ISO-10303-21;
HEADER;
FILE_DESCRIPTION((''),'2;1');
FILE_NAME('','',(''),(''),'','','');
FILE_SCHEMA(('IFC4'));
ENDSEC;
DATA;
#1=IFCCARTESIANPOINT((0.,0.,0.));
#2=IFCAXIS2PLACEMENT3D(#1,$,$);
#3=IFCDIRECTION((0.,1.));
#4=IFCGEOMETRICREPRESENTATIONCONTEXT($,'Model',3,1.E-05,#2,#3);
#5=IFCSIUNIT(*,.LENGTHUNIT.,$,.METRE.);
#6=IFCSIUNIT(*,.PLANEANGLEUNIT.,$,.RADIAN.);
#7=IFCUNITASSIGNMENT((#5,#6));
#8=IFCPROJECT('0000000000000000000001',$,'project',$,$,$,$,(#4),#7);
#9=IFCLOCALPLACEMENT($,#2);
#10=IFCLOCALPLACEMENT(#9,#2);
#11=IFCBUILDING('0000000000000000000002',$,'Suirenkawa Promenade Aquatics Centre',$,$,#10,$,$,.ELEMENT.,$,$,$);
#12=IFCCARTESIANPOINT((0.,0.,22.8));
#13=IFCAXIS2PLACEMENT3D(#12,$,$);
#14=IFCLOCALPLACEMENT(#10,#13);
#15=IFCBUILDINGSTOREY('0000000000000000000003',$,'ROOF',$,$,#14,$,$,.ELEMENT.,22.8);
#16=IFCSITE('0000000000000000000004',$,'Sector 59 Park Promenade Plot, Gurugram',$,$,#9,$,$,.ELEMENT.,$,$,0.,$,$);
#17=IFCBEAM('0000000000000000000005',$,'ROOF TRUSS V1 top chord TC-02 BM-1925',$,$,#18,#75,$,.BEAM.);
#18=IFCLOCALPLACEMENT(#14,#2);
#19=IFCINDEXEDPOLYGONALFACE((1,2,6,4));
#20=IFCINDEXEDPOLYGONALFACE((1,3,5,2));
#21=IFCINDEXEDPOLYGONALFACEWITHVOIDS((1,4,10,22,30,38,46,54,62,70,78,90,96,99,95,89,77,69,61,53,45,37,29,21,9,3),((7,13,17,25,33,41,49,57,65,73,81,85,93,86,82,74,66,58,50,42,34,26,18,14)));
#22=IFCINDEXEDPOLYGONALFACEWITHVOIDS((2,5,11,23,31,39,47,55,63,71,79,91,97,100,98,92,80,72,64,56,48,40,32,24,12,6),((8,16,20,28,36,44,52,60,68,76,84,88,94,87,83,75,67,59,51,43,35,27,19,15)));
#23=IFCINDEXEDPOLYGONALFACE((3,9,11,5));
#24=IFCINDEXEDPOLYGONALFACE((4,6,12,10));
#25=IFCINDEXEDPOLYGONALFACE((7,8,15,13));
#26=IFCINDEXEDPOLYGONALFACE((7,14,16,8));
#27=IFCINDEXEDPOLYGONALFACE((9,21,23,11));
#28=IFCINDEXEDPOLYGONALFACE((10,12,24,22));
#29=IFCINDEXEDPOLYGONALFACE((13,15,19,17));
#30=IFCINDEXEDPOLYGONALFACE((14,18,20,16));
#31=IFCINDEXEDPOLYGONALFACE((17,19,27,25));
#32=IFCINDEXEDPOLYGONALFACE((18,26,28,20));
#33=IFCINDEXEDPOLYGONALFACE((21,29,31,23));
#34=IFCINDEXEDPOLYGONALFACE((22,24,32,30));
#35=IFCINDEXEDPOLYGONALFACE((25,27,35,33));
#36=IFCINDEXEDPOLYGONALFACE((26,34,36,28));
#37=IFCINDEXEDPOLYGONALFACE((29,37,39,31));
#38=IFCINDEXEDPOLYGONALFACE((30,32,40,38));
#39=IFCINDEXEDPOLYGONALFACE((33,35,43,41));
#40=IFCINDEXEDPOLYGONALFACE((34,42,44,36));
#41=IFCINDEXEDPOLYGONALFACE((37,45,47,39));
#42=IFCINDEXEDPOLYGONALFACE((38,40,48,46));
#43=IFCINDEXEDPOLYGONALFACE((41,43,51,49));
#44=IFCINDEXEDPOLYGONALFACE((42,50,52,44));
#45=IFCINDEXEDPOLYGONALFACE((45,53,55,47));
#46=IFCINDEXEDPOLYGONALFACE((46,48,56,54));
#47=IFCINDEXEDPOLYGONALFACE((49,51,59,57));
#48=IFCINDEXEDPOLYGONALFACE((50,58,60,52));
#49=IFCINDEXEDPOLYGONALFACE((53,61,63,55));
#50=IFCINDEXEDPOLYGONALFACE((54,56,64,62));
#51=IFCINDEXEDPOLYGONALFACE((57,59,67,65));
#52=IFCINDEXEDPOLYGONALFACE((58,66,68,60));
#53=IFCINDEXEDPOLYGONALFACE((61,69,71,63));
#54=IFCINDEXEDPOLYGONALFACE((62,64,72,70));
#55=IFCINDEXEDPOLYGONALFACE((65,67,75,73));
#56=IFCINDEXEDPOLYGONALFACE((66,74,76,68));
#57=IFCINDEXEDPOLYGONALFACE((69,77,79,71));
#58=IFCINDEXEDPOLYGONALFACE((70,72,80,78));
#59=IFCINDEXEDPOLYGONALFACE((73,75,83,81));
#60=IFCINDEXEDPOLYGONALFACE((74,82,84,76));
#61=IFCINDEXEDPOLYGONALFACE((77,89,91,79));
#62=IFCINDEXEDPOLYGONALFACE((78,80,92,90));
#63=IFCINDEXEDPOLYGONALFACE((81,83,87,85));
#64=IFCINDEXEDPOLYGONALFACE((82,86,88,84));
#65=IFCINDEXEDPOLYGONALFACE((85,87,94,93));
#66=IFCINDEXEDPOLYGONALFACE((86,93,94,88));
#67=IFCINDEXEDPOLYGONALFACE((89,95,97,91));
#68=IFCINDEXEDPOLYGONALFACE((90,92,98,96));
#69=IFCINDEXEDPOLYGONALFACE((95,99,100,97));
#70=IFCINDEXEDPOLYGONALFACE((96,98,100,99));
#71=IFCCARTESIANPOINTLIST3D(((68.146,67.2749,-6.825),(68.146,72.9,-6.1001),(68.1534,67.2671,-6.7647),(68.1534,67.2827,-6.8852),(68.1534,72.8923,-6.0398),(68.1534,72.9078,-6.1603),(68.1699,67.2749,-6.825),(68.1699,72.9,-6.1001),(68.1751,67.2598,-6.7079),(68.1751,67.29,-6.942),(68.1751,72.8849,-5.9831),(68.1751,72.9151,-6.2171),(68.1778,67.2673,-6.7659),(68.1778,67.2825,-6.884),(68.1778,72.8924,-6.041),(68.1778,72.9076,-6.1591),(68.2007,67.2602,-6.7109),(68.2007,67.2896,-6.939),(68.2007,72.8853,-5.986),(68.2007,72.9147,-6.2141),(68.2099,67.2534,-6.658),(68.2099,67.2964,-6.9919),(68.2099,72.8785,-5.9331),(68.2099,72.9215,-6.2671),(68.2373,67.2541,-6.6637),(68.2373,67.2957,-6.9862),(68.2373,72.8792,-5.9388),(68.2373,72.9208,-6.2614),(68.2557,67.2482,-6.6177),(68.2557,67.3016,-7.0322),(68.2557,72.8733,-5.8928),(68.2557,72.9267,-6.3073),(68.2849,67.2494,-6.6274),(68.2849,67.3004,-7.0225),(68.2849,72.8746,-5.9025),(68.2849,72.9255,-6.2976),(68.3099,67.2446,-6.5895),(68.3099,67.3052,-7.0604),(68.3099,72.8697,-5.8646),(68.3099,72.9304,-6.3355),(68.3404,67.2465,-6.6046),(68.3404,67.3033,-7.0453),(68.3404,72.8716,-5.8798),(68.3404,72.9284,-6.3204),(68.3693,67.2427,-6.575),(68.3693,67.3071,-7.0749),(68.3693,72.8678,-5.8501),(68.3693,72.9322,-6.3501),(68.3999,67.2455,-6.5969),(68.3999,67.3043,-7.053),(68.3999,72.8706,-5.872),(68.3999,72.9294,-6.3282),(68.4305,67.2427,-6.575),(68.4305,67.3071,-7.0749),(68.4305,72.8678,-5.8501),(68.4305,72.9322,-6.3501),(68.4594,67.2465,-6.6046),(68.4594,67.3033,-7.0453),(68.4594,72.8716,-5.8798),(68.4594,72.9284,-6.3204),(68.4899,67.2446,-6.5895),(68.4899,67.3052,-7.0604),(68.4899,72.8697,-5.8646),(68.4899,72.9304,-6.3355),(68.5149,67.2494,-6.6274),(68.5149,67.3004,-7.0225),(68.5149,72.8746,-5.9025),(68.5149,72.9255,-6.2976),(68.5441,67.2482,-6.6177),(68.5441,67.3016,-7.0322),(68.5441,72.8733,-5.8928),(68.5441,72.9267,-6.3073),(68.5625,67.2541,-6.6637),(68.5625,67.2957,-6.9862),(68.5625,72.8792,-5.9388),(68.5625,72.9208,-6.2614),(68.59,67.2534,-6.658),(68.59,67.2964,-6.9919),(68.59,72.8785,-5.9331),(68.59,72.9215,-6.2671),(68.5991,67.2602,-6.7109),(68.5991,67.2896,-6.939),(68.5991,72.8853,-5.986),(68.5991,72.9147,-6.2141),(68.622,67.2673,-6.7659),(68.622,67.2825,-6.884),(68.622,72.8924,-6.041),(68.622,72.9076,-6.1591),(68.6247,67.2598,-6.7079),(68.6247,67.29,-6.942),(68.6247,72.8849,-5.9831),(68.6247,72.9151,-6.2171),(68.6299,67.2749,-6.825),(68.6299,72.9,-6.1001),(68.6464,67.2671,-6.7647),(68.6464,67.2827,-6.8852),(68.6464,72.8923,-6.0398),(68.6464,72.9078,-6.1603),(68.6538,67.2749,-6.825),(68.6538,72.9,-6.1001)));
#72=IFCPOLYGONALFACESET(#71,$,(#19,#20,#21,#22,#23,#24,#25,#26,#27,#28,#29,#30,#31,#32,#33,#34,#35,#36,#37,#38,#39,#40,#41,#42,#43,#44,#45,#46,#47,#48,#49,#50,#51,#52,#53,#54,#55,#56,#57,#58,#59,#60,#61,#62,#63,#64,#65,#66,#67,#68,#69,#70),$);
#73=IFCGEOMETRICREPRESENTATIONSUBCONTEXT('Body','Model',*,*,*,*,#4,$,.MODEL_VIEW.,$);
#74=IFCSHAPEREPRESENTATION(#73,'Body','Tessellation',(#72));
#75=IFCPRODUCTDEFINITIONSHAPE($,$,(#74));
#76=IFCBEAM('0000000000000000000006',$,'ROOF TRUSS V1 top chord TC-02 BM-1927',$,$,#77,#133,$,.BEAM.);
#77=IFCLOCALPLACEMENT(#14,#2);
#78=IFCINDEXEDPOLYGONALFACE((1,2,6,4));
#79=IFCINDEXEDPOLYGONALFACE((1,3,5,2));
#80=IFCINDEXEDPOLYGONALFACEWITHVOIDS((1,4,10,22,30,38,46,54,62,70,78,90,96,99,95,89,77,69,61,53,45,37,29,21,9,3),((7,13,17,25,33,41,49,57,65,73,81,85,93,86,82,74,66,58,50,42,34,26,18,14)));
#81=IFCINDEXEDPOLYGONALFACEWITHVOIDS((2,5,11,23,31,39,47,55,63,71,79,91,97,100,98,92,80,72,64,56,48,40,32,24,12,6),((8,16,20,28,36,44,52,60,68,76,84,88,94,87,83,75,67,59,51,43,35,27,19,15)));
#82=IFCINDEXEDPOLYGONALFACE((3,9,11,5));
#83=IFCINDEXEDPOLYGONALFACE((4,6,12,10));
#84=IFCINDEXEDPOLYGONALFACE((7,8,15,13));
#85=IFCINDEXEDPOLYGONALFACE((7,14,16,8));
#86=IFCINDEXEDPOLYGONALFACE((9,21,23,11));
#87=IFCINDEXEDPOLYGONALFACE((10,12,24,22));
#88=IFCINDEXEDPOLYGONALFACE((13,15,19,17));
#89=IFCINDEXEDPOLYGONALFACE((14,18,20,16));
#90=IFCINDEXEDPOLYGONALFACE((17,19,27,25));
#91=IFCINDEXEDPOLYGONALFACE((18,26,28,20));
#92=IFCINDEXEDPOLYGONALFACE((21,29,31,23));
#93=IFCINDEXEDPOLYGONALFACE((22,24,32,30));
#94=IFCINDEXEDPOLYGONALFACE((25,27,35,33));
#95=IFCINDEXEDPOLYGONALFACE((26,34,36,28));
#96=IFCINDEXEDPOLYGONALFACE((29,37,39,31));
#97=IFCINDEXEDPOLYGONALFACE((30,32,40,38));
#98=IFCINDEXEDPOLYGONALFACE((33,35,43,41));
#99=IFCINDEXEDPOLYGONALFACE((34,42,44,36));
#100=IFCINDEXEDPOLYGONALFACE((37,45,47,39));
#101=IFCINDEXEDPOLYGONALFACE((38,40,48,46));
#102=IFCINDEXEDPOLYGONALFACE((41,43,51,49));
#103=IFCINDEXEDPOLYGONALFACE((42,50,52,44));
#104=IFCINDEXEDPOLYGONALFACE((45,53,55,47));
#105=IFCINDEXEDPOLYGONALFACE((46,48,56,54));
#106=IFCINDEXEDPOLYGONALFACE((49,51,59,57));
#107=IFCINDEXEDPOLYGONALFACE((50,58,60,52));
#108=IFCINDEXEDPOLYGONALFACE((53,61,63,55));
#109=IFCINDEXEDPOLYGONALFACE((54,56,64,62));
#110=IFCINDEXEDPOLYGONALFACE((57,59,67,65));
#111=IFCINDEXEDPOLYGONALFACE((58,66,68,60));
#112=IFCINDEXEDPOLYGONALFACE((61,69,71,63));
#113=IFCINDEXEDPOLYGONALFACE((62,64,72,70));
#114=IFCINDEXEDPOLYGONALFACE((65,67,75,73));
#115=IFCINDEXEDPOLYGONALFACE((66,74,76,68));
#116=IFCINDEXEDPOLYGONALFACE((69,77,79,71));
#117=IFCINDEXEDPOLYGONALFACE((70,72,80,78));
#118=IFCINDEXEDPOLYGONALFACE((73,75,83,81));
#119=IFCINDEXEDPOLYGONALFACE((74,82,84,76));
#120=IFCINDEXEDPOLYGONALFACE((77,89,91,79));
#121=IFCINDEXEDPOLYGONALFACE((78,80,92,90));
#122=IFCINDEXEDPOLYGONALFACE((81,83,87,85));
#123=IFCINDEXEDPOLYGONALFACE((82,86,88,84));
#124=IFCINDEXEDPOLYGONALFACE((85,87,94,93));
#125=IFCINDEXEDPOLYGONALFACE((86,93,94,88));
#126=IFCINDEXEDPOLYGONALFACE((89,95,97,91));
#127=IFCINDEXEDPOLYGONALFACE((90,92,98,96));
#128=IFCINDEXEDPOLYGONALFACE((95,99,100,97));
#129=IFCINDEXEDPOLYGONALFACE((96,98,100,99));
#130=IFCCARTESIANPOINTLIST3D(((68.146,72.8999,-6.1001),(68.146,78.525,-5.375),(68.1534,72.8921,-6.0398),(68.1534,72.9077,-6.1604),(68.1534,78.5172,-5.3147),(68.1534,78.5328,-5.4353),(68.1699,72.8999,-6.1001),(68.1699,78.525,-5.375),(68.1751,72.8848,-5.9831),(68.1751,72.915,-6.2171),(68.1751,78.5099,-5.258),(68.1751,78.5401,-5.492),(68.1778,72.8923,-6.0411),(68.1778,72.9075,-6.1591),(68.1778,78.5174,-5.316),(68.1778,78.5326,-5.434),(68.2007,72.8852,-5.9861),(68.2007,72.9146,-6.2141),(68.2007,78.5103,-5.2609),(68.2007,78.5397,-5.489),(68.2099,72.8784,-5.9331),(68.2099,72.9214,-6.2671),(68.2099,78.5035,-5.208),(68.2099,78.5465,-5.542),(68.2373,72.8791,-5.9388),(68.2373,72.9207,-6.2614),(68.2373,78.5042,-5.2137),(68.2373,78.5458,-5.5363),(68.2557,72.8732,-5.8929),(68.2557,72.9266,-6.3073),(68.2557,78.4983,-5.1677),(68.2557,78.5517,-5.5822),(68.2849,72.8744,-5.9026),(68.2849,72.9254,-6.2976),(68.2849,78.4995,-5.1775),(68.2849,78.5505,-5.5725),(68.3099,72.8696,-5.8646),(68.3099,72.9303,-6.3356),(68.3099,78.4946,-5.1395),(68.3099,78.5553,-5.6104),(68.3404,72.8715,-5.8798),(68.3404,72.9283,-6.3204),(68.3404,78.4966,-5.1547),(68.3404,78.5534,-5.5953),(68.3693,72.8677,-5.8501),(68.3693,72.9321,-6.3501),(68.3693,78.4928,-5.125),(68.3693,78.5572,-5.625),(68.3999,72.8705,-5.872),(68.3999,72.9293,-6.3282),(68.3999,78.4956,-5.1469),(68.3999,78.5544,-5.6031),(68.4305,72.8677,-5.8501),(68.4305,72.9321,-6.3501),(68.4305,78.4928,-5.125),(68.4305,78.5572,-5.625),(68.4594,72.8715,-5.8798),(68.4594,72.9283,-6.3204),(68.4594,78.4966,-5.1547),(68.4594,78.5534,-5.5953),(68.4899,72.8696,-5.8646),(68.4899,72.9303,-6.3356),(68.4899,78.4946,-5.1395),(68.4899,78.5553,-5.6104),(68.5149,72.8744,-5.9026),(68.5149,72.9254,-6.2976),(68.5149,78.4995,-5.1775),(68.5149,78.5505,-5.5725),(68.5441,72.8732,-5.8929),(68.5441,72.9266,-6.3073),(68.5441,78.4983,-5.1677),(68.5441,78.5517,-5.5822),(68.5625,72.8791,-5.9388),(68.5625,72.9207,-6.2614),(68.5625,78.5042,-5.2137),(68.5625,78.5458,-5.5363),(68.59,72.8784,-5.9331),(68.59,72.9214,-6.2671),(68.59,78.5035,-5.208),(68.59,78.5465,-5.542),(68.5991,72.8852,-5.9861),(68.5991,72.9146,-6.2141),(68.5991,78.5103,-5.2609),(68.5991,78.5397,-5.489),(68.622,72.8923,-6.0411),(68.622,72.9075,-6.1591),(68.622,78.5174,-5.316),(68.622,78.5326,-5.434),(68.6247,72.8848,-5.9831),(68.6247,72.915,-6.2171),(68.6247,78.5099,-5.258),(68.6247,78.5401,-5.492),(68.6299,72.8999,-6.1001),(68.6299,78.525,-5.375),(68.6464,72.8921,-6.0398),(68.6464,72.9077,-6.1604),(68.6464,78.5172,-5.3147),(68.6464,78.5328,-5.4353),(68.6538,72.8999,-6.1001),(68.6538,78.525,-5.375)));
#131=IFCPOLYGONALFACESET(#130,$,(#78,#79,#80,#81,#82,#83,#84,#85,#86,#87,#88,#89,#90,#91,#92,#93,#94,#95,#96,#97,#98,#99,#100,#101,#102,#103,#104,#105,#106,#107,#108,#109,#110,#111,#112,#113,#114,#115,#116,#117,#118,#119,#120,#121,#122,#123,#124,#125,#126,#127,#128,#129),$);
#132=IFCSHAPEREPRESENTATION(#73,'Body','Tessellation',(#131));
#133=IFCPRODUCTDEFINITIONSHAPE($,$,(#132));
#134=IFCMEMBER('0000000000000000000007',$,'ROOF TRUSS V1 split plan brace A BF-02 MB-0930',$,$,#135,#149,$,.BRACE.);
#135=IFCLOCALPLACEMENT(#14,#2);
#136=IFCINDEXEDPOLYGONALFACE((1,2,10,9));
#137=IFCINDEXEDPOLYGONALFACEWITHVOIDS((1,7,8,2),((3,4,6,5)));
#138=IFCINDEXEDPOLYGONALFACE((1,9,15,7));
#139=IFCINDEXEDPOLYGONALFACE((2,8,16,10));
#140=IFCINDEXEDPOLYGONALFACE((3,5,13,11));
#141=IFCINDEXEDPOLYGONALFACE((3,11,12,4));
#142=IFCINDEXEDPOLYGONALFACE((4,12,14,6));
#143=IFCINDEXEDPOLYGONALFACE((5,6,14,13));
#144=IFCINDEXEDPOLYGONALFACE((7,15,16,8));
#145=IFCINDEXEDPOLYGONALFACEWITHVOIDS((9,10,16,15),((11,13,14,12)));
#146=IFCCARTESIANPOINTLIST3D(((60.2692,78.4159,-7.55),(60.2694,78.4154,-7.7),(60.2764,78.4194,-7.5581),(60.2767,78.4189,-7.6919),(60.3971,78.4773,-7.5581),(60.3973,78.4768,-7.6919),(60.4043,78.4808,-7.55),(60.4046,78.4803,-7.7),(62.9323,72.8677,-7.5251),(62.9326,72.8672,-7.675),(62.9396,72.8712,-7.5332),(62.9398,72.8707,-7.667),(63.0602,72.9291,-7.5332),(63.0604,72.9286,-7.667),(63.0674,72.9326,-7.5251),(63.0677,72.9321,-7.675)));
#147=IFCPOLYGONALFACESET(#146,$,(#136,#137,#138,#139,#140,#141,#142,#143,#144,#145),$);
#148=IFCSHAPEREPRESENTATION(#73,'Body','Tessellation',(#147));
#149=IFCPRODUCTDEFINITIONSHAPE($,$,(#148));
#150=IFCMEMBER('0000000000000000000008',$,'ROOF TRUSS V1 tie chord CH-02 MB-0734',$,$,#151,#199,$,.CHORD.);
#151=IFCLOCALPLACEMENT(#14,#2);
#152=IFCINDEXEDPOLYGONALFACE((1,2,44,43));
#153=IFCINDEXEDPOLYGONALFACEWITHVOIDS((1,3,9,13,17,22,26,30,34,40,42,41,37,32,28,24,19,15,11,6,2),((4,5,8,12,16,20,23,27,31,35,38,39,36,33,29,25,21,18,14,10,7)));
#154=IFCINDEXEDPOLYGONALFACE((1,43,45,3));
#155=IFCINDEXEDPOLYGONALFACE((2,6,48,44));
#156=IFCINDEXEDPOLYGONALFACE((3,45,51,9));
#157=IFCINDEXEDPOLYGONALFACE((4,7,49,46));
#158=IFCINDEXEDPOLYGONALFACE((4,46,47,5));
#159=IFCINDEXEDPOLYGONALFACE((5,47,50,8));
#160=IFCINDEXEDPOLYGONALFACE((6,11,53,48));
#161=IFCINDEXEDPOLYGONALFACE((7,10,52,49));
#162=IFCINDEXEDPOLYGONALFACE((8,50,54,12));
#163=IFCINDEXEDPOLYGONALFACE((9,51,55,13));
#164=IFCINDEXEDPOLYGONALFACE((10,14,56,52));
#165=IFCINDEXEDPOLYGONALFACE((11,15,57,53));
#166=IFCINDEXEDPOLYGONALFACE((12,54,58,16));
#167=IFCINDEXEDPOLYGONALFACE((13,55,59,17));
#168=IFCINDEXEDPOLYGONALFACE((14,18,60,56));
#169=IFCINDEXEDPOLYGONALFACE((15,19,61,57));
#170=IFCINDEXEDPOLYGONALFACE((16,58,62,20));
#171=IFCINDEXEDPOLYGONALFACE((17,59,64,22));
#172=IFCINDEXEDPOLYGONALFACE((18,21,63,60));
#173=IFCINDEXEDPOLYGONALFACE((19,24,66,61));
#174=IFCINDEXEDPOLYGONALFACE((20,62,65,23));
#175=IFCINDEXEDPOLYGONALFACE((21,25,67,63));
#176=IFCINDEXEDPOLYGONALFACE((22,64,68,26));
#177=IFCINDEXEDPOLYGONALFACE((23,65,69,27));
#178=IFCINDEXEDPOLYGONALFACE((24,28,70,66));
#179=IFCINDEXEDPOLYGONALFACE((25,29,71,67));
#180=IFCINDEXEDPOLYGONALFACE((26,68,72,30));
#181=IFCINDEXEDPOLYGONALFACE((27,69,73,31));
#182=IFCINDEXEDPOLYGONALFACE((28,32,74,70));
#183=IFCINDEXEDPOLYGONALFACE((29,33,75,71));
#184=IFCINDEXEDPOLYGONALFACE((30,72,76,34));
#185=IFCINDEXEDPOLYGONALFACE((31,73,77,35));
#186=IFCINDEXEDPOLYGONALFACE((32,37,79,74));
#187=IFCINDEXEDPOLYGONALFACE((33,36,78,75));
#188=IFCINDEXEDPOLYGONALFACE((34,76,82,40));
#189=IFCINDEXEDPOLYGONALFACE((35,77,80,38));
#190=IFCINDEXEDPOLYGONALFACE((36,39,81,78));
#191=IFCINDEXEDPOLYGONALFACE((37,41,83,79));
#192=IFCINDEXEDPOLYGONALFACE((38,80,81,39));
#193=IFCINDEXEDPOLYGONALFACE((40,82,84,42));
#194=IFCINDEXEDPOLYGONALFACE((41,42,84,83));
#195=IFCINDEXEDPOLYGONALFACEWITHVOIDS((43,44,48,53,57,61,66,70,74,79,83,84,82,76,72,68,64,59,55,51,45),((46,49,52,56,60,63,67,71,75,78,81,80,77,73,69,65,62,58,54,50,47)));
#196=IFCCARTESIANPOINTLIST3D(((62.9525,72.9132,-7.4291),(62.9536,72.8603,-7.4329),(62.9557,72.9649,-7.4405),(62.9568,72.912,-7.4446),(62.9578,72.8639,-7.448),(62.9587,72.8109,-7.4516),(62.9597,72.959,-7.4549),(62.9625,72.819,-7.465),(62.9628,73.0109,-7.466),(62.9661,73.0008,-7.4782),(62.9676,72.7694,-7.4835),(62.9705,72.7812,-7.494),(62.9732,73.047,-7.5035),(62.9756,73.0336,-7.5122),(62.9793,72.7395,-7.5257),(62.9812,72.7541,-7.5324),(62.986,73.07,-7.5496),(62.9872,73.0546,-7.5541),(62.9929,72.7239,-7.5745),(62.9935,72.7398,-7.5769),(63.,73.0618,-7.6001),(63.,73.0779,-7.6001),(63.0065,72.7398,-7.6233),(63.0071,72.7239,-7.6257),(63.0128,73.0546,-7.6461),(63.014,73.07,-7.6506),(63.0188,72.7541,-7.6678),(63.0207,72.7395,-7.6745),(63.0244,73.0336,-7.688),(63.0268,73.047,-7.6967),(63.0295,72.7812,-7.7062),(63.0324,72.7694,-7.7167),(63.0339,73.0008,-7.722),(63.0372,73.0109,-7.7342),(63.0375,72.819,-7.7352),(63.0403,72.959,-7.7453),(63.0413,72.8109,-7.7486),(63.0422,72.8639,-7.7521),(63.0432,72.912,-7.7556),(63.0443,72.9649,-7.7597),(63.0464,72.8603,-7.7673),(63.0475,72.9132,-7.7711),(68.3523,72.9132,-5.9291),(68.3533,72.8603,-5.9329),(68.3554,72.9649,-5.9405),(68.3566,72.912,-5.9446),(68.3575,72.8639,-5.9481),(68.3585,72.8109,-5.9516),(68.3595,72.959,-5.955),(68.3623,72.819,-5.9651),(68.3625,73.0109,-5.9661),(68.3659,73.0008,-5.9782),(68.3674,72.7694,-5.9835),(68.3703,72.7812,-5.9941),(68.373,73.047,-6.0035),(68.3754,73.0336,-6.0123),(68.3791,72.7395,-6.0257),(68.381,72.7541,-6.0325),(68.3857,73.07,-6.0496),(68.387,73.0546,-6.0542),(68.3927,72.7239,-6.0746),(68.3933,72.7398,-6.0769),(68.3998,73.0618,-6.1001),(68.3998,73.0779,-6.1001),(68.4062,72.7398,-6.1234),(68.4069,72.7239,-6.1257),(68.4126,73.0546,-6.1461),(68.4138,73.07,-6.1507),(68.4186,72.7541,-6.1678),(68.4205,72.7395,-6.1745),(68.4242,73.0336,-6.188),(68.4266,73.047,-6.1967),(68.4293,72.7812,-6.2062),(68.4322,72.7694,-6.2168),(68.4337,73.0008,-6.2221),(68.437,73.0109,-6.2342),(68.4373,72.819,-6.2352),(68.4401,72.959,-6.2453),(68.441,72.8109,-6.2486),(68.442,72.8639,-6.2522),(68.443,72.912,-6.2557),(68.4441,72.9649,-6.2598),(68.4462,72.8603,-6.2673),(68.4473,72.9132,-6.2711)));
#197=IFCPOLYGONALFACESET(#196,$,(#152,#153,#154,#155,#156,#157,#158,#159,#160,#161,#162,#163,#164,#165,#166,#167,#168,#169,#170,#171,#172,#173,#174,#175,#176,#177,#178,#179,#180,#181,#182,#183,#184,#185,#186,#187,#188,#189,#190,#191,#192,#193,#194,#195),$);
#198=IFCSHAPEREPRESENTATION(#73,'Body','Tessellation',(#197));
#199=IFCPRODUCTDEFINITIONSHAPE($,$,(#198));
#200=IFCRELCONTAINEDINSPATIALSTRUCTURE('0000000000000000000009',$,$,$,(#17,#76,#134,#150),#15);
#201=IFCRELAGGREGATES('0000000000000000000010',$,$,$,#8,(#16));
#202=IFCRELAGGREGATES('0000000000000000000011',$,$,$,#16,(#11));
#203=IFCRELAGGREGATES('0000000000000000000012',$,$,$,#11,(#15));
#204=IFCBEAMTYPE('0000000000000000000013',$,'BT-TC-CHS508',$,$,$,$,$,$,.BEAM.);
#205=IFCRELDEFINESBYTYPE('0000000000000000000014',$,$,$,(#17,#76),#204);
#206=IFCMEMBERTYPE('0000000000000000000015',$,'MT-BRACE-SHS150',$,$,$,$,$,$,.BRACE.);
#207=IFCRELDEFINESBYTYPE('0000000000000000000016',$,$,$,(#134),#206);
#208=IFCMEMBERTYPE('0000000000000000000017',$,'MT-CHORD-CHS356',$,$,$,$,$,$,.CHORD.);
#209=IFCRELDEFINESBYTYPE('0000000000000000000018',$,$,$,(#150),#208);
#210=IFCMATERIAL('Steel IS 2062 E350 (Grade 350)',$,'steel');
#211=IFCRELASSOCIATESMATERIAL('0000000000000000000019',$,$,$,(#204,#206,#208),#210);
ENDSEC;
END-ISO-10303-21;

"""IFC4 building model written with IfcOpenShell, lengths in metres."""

from ifc_helpers import new_model, si_unit, direction, frame, origin, origin_2d, place, context, subcontext, project, spatial, hollow_rectangle, hollow_circle, extrude, material, material_profile, profile_set, type_object, element, save


model = new_model("IFC4")

# Units and contexts
model_context = context("Model", 3, precision=1e-05, world=origin(), true_north=direction((0.0, 1.0)))
body_context = subcontext(model_context, "Body", "Model", "MODEL_VIEW")
ifc_project = project(units=[si_unit("LENGTHUNIT", "METRE"), si_unit("PLANEANGLEUNIT", "RADIAN")], contexts=[model_context])

# Site, building, storey
site_placement = place(None, origin())
site = spatial("IfcSite", under=ifc_project, at=site_placement, Name="Sector 59 Park Promenade Plot, Gurugram", CompositionType="ELEMENT", RefElevation=0.0)
building_placement = place(site_placement, origin())
building = spatial("IfcBuilding", under=site, at=building_placement, Name="Suirenkawa Promenade Aquatics Centre", CompositionType="ELEMENT")
storey_placement = place(building_placement, frame((0.0, 0.0, 22.8)))
storey = spatial("IfcBuildingStorey", under=building, at=storey_placement, Name="ROOF", CompositionType="ELEMENT", Elevation=22.8)

# Beams
ifc_material = material(Name="Steel IS 2062 E350 (Grade 350)", Category="steel")
ifc_material_profile_1 = material_profile(ifc_material, hollow_circle(Radius=0.2539, WallThickness=0.0239, at=origin_2d()), Name="CHS 508x24", Category="steel")
ifc_profile_set_1 = profile_set([ifc_material_profile_1], Name="Steel IS 2062 E350 (Grade 350)")
beam_type_1 = type_object("IfcBeamType", Name="BT-TC-CHS508", PredefinedType="BEAM", material=ifc_profile_set_1)
for number, where, z_axis, x_axis, name in (
    (1, (68.3999, 67.2749, -6.825), (0.0, 0.991799, 0.127806), (-1.0, 0.0, 0.0), "ROOF TRUSS V1 top chord TC-02 BM-1925"),
    (2, (68.3999, 72.8999, -6.1001), (0.0, 0.991794, 0.127848), (-1.0, 0.0, 0.0), "ROOF TRUSS V1 top chord TC-02 BM-1927"),
):
    element("IfcBeam", number, at=place(storey_placement, frame(where, z_axis=z_axis, x_axis=x_axis)), inside=storey, type_object=beam_type_1, Name=name, PredefinedType="BEAM", context=body_context, shape_type="SweptSolid", body=[
        extrude(hollow_circle(Radius=0.2539, WallThickness=0.0239, at=origin_2d()), origin(), (0.0, 0.0, 1.0), 5.6716),
    ])

# Members
ifc_material_profile_2 = material_profile(ifc_material, hollow_rectangle(XDim=0.1499, YDim=0.1499, WallThickness=0.0081, at=origin_2d()), Name="SHS 150x150x8", Category="steel")
ifc_profile_set_2 = profile_set([ifc_material_profile_2], Name="Steel IS 2062 E350 (Grade 350)")
member_type_1 = type_object("IfcMemberType", Name="MT-BRACE-SHS150", PredefinedType="BRACE", material=ifc_profile_set_2)
member_1_placement = place(storey_placement, frame((63.0, 72.8999, -7.6001), z_axis=(-0.432728, 0.901516, -0.004046), x_axis=(-0.901523, -0.432731, 0.0)))
element("IfcMember", 3, at=member_1_placement, inside=storey, type_object=member_type_1, Name="ROOF TRUSS V1 split plan brace A BF-02 MB-0930", PredefinedType="BRACE", context=body_context, shape_type="SweptSolid", body=[
    extrude(hollow_rectangle(XDim=0.1499, YDim=0.1499, WallThickness=0.0081, at=origin_2d()), origin(), (0.0, 0.0, 1.0), 6.1543),
])
ifc_material_profile_3 = material_profile(ifc_material, hollow_circle(Radius=0.178, WallThickness=0.0161, at=origin_2d()), Name="CHS 356x16", Category="steel")
ifc_profile_set_3 = profile_set([ifc_material_profile_3], Name="Steel IS 2062 E350 (Grade 350)")
member_type_2 = type_object("IfcMemberType", Name="MT-CHORD-CHS356", PredefinedType="CHORD", material=ifc_profile_set_3)
member_2_placement = place(storey_placement, frame((63.0, 72.8999, -7.6001), z_axis=(0.963517, 0.0, 0.267648), x_axis=(0.0, 1.0, 0.0)))
element("IfcMember", 4, at=member_2_placement, inside=storey, type_object=member_type_2, Name="ROOF TRUSS V1 tie chord CH-02 MB-0734", PredefinedType="CHORD", context=body_context, shape_type="SweptSolid", body=[
    extrude(hollow_circle(Radius=0.178, WallThickness=0.0161, at=origin_2d()), origin(), (0.0, 0.0, 1.0), 5.6042),
])

save(model, "model.ifc")
